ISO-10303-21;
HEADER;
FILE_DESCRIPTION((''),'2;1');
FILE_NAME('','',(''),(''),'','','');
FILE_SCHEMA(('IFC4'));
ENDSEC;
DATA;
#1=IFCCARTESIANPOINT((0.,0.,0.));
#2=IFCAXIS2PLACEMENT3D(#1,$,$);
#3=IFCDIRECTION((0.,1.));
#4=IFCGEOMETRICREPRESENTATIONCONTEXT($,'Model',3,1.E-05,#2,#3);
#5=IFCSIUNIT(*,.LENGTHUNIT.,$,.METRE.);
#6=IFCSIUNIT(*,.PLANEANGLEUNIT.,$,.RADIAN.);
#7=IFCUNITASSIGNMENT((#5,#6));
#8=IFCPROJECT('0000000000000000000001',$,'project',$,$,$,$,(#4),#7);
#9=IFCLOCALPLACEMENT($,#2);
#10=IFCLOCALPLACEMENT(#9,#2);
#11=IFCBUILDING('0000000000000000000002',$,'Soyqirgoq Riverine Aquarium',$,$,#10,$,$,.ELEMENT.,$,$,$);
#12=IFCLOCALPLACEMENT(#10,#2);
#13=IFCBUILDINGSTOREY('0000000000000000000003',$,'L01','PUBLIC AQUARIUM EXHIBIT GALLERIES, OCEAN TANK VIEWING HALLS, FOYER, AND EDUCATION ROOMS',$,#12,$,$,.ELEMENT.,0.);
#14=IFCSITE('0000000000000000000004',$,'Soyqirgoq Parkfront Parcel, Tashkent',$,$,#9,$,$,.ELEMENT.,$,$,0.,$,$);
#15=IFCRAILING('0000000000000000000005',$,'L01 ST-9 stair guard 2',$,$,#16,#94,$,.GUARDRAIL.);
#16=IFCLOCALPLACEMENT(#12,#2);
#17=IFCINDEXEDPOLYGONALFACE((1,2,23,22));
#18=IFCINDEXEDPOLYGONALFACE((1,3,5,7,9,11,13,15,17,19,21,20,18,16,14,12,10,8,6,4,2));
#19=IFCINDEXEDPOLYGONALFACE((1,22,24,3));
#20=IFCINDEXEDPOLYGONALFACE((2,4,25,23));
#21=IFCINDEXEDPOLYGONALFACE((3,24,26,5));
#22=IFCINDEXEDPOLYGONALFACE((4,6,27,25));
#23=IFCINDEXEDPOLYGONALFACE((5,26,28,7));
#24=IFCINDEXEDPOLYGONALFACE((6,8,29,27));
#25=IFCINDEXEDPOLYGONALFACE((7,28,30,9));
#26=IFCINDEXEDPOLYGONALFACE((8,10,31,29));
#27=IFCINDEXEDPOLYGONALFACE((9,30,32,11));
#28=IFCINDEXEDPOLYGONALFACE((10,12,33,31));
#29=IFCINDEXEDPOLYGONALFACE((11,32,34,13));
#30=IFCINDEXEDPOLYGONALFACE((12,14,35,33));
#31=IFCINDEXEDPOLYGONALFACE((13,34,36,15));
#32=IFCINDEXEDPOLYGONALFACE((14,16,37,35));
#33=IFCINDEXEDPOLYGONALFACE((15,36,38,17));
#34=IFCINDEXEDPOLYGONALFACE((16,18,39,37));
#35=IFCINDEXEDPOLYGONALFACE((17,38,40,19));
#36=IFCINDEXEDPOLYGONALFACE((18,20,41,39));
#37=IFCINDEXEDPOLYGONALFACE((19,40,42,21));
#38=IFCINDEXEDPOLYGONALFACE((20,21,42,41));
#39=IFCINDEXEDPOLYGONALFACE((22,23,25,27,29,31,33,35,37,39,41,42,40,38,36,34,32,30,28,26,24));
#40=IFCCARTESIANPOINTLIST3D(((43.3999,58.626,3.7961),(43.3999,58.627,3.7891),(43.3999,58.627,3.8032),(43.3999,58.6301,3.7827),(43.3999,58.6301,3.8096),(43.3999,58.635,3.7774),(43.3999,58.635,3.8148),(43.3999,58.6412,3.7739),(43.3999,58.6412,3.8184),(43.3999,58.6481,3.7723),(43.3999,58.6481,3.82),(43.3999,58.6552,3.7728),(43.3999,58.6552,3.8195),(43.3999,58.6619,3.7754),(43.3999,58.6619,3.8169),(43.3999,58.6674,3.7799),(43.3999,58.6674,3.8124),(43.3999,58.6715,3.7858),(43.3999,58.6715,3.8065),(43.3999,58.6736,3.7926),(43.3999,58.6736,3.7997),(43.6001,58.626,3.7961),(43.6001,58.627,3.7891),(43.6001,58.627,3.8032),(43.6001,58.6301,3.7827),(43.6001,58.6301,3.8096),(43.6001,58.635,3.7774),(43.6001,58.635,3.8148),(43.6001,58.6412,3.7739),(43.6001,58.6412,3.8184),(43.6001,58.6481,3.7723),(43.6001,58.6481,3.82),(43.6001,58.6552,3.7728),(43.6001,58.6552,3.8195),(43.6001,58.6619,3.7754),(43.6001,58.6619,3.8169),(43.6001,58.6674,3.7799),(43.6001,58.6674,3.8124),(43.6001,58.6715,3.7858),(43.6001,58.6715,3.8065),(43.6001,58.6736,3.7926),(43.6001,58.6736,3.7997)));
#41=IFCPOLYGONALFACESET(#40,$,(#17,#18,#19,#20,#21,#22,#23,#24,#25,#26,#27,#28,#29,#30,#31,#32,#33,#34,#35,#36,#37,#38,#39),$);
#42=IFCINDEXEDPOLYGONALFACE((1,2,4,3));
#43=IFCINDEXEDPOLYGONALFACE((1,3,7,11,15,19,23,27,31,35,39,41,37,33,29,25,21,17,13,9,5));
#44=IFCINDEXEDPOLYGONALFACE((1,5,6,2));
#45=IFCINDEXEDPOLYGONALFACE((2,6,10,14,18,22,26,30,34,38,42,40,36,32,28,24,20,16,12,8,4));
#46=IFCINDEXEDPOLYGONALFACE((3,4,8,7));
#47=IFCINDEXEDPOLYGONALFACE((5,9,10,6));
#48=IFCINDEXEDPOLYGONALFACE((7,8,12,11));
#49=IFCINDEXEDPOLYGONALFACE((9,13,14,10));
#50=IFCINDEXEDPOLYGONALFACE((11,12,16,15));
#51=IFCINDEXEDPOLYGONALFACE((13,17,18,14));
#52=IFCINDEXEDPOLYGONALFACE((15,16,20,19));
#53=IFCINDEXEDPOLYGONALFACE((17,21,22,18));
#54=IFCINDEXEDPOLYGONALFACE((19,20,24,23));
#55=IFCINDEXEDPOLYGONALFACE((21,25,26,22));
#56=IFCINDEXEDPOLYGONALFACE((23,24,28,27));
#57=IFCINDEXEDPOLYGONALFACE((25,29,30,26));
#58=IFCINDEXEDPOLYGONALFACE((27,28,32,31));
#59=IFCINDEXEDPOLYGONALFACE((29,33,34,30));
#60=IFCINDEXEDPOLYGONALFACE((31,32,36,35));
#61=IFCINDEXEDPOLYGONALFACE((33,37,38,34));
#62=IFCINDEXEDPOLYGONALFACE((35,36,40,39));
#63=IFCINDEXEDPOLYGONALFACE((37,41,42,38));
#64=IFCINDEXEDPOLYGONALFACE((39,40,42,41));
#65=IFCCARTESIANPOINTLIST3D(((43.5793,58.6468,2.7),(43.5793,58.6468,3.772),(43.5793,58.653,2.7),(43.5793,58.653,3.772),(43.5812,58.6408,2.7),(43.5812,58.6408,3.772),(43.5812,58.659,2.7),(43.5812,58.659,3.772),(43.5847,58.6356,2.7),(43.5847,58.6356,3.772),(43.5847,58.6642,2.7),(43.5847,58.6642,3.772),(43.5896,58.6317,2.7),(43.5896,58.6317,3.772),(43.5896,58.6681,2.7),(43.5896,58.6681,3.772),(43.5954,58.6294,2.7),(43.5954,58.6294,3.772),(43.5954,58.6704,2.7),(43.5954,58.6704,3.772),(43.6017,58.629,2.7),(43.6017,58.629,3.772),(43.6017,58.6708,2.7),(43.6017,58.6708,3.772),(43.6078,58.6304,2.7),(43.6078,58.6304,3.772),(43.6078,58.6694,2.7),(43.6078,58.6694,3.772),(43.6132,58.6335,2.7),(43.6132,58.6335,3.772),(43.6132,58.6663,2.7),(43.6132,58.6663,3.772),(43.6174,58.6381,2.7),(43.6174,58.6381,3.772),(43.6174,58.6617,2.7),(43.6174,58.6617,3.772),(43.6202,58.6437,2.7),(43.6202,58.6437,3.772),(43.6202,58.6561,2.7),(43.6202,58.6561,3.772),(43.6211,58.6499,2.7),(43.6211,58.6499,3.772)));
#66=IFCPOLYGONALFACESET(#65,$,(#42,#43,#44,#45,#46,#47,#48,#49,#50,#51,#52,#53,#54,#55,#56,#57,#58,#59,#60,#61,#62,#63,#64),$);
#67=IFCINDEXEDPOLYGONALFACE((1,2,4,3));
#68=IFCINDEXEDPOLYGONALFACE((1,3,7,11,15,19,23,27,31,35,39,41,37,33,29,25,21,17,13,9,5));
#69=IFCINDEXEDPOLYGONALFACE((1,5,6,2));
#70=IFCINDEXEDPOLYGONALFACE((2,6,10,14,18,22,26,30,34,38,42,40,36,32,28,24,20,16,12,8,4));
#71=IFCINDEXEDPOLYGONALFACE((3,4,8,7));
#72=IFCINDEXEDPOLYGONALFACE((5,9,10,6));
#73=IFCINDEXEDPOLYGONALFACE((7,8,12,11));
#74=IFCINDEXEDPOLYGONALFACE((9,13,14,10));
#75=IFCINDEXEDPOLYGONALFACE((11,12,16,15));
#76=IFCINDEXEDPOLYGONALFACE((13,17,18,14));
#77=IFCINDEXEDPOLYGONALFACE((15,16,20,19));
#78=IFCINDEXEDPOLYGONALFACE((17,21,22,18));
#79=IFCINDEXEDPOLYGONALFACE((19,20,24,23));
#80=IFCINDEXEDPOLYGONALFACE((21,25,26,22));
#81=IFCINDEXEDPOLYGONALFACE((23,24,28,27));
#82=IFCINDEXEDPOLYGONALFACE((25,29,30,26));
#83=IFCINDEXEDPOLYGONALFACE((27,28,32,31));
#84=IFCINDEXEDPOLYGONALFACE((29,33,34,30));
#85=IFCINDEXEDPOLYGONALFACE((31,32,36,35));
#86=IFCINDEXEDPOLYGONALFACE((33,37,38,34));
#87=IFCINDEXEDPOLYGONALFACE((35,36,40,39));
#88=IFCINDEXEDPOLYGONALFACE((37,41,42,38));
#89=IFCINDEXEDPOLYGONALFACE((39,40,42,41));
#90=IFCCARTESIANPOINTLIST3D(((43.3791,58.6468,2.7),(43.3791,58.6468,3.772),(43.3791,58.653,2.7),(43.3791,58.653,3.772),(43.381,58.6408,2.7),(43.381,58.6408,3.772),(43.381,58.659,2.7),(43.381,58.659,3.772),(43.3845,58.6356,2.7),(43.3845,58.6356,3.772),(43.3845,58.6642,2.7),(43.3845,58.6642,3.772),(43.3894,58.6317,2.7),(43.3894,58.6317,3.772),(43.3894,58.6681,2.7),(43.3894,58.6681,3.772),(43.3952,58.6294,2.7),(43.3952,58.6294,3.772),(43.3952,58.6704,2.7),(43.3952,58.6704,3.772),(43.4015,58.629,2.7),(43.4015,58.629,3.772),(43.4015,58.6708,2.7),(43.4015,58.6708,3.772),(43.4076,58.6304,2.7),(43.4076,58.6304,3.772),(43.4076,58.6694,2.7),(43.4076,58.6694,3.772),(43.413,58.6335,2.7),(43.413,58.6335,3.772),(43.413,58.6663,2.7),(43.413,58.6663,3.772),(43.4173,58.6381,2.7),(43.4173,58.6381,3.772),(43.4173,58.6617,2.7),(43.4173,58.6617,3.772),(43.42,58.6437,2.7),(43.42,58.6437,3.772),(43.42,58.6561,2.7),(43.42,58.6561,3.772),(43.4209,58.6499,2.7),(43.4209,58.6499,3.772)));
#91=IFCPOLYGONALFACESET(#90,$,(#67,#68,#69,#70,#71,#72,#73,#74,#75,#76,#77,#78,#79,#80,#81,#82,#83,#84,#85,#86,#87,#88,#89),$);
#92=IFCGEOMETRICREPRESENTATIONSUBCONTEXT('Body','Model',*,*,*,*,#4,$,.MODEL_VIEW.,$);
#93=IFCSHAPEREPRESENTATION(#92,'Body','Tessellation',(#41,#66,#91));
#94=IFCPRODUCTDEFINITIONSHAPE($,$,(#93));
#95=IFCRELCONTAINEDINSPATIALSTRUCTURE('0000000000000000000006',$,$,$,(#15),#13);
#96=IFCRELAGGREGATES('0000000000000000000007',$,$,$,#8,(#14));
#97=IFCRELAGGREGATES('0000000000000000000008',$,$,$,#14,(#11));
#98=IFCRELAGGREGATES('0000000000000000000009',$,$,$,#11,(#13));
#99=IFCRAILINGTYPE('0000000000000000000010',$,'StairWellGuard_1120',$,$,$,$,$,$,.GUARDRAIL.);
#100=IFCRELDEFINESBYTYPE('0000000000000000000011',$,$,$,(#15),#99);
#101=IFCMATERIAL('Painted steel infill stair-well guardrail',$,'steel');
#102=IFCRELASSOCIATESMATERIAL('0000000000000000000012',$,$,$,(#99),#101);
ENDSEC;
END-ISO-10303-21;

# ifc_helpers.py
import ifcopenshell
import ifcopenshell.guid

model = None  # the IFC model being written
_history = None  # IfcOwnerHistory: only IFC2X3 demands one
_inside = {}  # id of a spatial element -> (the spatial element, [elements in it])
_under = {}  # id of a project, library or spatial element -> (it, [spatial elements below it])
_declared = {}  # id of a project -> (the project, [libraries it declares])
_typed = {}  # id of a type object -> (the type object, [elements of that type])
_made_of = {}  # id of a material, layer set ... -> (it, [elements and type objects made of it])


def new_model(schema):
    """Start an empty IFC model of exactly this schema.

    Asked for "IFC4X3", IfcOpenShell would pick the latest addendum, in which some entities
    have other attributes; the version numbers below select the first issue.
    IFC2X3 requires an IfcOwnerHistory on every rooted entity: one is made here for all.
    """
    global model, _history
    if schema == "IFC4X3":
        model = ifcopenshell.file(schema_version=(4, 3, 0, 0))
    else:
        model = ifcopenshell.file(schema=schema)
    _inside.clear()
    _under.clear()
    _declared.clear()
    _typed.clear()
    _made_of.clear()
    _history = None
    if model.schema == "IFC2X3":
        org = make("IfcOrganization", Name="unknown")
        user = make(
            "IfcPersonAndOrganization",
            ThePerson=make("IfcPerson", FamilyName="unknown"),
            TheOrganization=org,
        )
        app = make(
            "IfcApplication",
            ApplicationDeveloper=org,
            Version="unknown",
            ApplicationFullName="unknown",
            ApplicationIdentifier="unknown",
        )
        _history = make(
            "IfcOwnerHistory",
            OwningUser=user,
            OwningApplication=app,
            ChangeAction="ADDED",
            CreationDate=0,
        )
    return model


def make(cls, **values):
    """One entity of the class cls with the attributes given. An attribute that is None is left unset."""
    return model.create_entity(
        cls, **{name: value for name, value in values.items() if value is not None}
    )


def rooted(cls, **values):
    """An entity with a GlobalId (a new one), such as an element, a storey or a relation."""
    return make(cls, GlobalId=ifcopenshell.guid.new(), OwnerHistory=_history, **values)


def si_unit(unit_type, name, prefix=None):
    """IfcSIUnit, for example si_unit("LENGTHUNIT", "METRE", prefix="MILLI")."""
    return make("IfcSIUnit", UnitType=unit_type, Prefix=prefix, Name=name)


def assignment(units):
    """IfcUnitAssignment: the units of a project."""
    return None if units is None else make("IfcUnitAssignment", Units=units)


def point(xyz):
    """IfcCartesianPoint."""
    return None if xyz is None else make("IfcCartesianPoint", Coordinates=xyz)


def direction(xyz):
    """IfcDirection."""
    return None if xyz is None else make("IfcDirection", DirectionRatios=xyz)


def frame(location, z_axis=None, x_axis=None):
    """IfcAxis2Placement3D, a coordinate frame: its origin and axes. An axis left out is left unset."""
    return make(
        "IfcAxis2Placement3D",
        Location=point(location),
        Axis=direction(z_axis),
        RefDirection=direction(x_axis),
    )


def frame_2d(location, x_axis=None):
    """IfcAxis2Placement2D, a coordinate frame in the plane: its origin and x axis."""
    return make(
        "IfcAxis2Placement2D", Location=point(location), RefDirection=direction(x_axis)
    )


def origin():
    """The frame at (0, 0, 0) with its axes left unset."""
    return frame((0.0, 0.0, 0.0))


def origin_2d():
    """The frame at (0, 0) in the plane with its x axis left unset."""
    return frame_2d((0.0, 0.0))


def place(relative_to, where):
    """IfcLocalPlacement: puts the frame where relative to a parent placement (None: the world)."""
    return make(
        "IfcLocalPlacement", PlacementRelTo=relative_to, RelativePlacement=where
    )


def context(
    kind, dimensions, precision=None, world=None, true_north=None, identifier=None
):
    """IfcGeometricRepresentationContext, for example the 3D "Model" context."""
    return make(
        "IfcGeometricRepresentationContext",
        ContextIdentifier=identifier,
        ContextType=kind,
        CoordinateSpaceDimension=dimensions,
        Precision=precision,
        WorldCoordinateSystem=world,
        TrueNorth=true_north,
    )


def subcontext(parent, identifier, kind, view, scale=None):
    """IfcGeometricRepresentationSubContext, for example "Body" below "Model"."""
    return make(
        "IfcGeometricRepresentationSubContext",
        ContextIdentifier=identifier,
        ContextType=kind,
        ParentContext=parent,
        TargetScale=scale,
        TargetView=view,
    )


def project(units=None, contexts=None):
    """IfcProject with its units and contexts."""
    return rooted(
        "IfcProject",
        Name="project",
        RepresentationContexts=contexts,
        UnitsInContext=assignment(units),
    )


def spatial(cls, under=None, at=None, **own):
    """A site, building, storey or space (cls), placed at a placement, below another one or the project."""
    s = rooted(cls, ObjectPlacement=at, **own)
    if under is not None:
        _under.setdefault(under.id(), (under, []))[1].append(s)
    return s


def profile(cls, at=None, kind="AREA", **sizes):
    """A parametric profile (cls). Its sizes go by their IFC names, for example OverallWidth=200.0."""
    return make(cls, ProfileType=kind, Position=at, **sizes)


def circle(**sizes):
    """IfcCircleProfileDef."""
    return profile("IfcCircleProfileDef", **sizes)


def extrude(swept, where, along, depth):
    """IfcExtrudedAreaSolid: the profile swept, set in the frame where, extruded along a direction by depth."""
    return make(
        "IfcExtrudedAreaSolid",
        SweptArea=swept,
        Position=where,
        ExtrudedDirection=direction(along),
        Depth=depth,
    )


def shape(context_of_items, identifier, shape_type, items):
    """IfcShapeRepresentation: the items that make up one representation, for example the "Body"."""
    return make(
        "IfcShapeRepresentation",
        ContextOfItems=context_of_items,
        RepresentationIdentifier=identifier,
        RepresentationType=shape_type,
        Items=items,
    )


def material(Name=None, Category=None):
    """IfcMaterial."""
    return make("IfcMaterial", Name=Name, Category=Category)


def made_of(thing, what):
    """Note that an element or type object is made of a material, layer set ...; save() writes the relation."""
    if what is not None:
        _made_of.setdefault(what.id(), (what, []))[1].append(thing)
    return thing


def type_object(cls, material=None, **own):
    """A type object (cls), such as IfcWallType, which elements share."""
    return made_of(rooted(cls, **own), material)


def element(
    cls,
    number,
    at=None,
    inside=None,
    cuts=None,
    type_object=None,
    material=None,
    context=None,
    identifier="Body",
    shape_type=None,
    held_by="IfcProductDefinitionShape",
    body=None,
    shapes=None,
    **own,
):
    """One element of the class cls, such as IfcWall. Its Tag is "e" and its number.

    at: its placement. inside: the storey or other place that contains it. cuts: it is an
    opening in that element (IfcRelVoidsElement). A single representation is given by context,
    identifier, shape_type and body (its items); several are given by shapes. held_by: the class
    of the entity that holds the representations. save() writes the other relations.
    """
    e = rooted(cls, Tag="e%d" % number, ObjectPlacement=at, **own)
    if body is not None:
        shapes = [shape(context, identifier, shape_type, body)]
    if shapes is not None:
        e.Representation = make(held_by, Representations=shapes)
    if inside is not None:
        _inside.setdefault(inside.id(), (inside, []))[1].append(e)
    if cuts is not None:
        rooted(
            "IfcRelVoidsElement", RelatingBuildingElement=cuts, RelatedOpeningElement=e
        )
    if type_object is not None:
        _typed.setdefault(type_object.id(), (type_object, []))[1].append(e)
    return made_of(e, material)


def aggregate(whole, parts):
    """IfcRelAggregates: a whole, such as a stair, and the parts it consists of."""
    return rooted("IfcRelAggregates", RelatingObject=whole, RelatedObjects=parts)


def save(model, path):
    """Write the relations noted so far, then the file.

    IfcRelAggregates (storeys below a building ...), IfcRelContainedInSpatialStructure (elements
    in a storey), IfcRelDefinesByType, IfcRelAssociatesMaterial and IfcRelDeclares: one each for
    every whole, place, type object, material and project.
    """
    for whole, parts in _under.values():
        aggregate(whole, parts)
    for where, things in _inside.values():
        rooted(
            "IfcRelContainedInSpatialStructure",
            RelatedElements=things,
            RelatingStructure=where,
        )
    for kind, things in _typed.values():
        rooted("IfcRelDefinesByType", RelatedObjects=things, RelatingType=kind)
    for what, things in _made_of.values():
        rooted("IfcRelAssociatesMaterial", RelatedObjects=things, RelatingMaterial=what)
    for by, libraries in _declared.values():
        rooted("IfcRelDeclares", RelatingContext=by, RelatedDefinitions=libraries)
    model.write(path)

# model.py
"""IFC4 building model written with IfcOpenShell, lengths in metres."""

from ifc_helpers import new_model, si_unit, direction, frame, origin, origin_2d, place, context, subcontext, project, spatial, circle, extrude, material, type_object, element, save


model = new_model("IFC4")

# Units and contexts
model_context = context("Model", 3, precision=1e-05, world=origin(), true_north=direction((0.0, 1.0)))
body_context = subcontext(model_context, "Body", "Model", "MODEL_VIEW")
ifc_project = project(units=[si_unit("LENGTHUNIT", "METRE"), si_unit("PLANEANGLEUNIT", "RADIAN")], contexts=[model_context])

# Site, building, storey
site_placement = place(None, origin())
site = spatial("IfcSite", under=ifc_project, at=site_placement, Name="Soyqirgoq Parkfront Parcel, Tashkent", CompositionType="ELEMENT", RefElevation=0.0)
building_placement = place(site_placement, origin())
building = spatial("IfcBuilding", under=site, at=building_placement, Name="Soyqirgoq Riverine Aquarium", CompositionType="ELEMENT")
storey_placement = place(building_placement, origin())
storey = spatial("IfcBuildingStorey", under=building, at=storey_placement, Name="L01", Description="PUBLIC AQUARIUM EXHIBIT GALLERIES, OCEAN TANK VIEWING HALLS, FOYER, AND EDUCATION ROOMS", CompositionType="ELEMENT", Elevation=0.0)

# Railing
ifc_material_1 = material(Name="Painted steel infill stair-well guardrail", Category="steel")
railing_type_1 = type_object("IfcRailingType", Name="StairWellGuard_1120", PredefinedType="GUARDRAIL", material=ifc_material_1)
railing_1_placement = place(storey_placement, frame((43.6001, 58.6499, 2.7)))
element("IfcRailing", 1, at=railing_1_placement, inside=storey, type_object=railing_type_1, Name="L01 ST-9 stair guard 2", PredefinedType="GUARDRAIL", context=body_context, shape_type="SweptSolid", body=[
    extrude(circle(Radius=0.0239, at=origin_2d()), frame((0.0, 0.0, 1.0962), z_axis=(-1.0, 0.0, 0.0), x_axis=(0.0, -1.0, 0.0)), (0.0, 0.0, 1.0), 0.2002),
    extrude(circle(Radius=0.021, at=origin_2d()), origin(), (0.0, 0.0, 1.0), 1.072),
    extrude(circle(Radius=0.021, at=origin_2d()), frame((-0.2002, 0.0, 0.0)), (0.0, 0.0, 1.0), 1.072),
])

save(model, "model.ifc")
